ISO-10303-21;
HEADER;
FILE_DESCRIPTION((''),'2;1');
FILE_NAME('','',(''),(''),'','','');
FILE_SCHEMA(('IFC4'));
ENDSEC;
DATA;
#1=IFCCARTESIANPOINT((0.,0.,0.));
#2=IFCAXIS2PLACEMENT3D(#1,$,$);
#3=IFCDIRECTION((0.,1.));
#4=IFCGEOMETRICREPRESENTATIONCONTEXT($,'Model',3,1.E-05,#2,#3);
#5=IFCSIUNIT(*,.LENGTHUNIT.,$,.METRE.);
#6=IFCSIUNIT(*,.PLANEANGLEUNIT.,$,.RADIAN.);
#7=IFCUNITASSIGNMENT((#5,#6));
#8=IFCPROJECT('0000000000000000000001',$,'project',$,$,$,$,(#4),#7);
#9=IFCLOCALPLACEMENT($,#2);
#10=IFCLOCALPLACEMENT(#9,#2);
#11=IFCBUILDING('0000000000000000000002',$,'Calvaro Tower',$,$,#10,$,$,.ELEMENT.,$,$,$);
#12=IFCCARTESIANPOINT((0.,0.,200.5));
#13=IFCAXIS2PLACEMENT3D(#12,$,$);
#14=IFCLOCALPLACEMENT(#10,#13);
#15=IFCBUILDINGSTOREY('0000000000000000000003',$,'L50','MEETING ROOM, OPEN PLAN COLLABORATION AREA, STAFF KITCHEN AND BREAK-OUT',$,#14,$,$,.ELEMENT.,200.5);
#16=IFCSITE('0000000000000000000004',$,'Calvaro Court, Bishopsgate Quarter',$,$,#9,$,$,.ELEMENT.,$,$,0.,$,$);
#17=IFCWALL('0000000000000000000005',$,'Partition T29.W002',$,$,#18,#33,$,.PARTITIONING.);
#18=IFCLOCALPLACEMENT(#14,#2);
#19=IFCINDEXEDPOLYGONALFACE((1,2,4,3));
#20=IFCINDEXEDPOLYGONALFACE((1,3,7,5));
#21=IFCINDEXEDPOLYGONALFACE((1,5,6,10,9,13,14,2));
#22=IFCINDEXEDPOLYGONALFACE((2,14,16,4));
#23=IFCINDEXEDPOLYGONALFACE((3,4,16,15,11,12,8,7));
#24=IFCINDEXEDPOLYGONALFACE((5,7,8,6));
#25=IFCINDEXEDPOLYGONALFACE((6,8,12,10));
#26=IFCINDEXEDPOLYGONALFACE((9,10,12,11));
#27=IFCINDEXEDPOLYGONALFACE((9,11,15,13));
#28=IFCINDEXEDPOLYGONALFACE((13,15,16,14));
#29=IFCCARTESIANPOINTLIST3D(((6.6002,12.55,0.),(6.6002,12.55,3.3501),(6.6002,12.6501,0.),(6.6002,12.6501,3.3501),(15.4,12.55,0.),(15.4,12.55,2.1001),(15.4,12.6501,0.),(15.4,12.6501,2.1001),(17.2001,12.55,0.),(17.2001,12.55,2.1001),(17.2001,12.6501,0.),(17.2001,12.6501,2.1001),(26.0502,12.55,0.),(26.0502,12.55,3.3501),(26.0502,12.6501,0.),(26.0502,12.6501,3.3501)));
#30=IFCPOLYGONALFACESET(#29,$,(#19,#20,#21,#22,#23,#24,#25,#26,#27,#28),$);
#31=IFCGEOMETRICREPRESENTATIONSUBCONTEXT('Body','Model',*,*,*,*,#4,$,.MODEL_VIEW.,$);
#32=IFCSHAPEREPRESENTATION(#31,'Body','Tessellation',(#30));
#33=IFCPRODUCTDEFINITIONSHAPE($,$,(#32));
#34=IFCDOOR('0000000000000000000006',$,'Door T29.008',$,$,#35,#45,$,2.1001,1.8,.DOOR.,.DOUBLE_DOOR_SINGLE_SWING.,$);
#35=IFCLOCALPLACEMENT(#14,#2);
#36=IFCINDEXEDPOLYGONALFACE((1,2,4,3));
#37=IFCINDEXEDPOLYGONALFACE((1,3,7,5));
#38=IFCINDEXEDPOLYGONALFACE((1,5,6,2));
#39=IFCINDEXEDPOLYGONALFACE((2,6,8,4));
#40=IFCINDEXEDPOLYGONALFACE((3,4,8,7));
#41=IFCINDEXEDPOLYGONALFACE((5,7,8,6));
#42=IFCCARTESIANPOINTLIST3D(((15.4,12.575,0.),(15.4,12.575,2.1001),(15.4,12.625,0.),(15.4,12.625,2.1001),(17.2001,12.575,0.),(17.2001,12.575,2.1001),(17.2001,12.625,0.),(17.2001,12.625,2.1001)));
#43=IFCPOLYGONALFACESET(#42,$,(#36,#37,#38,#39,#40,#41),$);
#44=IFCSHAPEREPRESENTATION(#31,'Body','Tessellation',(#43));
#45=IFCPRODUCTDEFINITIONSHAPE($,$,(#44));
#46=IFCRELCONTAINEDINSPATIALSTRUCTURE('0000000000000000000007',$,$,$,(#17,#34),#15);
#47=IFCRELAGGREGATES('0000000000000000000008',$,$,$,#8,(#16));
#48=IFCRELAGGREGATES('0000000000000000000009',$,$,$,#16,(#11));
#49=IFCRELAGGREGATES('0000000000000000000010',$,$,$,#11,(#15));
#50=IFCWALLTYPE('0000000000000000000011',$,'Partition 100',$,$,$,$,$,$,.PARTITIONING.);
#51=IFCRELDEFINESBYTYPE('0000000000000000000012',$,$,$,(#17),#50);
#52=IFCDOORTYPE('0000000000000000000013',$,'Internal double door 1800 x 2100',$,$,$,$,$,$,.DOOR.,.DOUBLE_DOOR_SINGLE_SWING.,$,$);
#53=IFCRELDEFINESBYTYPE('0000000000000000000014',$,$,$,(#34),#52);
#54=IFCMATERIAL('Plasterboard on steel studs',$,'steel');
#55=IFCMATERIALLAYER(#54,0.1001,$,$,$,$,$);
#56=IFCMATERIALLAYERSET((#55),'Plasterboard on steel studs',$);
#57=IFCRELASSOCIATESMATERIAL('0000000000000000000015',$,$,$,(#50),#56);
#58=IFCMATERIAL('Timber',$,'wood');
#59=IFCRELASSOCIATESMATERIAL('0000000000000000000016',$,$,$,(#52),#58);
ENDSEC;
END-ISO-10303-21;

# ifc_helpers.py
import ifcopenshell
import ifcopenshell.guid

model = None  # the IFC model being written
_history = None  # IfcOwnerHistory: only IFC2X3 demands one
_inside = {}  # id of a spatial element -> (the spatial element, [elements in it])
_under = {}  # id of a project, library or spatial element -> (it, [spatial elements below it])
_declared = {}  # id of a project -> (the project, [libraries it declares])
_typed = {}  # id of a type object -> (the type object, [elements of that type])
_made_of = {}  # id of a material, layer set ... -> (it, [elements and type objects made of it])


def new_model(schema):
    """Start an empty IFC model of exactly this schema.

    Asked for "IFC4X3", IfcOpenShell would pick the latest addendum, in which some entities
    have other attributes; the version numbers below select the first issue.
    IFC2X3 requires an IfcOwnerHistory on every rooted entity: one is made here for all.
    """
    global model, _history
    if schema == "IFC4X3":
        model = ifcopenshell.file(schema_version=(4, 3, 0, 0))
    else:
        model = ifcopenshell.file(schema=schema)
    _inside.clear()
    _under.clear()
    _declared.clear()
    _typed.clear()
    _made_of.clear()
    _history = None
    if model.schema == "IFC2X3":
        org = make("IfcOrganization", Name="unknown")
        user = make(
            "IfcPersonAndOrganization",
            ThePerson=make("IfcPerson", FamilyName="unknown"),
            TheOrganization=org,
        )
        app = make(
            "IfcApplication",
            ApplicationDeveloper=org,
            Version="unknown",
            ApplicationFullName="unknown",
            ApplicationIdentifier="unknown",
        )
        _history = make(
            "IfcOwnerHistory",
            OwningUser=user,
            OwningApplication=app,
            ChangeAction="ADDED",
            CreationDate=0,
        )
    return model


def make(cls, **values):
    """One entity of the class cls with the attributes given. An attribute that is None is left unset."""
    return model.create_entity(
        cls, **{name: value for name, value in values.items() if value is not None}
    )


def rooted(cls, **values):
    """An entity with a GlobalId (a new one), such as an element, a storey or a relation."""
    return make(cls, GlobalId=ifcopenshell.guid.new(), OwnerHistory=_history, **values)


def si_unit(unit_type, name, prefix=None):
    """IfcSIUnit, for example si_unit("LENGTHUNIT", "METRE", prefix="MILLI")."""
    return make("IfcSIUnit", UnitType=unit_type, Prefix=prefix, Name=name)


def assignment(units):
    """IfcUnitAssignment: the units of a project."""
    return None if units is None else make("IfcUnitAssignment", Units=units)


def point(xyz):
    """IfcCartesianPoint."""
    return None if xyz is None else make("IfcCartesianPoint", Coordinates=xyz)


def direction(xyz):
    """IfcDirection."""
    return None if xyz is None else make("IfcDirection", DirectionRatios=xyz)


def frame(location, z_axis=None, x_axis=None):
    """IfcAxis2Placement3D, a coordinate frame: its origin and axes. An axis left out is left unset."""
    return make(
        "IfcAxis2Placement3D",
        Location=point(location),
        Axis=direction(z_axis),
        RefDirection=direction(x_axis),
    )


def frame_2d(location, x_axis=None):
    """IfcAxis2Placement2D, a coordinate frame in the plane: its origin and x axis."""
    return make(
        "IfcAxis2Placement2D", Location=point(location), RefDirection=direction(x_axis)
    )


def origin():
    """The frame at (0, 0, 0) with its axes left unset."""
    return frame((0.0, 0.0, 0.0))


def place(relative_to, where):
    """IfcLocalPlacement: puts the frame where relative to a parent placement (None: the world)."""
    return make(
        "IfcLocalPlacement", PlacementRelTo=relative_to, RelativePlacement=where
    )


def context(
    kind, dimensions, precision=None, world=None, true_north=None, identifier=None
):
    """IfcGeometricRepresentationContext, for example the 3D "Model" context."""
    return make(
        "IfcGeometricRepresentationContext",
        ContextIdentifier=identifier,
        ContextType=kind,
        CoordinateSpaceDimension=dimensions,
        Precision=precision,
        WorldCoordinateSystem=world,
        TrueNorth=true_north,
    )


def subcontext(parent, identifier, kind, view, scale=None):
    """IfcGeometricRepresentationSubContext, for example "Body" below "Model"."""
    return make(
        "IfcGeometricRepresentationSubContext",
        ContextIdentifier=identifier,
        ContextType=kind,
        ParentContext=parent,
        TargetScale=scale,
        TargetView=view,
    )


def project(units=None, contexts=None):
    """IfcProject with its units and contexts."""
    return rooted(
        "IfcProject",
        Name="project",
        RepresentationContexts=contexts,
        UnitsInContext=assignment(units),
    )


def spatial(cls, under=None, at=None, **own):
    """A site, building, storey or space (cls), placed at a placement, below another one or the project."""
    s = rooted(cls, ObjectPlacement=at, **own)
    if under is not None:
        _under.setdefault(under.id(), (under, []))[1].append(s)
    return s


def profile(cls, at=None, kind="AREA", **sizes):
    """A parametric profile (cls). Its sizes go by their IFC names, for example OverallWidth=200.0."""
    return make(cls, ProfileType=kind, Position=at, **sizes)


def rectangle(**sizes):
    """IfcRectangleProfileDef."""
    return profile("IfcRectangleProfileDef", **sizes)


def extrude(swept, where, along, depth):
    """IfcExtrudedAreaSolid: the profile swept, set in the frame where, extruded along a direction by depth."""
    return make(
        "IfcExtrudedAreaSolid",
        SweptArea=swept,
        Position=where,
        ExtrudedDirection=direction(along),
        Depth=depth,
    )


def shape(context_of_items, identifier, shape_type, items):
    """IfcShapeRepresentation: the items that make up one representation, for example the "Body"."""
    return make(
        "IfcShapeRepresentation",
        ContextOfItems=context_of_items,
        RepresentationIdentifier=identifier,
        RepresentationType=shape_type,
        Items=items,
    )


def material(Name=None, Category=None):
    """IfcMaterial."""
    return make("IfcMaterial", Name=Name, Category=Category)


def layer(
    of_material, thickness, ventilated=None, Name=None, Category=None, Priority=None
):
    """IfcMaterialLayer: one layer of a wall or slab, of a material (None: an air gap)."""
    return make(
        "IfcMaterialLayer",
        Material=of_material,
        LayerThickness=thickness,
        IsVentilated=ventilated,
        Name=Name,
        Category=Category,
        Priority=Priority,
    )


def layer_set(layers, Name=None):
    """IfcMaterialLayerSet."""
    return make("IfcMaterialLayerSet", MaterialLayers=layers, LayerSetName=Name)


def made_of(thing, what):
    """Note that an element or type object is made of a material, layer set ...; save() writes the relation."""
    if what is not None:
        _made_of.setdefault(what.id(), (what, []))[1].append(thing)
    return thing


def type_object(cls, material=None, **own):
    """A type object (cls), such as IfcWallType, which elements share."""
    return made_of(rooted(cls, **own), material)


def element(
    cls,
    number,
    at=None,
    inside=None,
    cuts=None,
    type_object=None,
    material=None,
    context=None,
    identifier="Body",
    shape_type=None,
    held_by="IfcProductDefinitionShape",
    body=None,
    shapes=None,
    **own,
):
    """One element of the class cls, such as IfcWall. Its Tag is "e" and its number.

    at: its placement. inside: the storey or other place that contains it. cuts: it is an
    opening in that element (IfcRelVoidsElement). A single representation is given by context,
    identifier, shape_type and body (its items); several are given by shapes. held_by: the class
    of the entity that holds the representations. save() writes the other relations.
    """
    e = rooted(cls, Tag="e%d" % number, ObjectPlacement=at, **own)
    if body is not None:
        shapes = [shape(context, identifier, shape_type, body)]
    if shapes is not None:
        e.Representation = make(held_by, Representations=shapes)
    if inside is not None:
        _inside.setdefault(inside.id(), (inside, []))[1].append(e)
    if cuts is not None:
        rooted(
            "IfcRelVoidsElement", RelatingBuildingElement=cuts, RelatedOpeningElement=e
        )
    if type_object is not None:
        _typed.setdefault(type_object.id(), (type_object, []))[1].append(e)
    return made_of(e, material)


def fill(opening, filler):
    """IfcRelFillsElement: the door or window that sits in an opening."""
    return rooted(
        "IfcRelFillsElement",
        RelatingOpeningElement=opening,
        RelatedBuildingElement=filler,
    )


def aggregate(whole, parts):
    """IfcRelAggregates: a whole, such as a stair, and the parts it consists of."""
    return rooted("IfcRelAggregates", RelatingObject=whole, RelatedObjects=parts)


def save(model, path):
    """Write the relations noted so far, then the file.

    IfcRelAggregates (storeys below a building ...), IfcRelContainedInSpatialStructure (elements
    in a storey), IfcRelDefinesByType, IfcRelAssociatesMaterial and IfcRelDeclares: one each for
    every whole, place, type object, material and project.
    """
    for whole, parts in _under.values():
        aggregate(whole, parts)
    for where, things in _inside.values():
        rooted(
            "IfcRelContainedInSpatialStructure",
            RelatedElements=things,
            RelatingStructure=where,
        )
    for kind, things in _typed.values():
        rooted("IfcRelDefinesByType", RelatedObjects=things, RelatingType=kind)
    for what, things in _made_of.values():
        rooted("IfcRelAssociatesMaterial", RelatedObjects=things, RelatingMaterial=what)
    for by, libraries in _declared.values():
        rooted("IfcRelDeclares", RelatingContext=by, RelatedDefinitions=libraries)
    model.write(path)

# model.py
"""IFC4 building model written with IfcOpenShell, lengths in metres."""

from ifc_helpers import new_model, si_unit, direction, frame, frame_2d, origin, place, context, subcontext, project, spatial, rectangle, extrude, material, layer, layer_set, type_object, element, fill, save


model = new_model("IFC4")

# Units and contexts
model_context = context("Model", 3, precision=1e-05, world=origin(), true_north=direction((0.0, 1.0)))
body_context = subcontext(model_context, "Body", "Model", "MODEL_VIEW")
ifc_project = project(units=[si_unit("LENGTHUNIT", "METRE"), si_unit("PLANEANGLEUNIT", "RADIAN")], contexts=[model_context])

# Site, building, storey
site_placement = place(None, origin())
site = spatial("IfcSite", under=ifc_project, at=site_placement, Name="Calvaro Court, Bishopsgate Quarter", CompositionType="ELEMENT", RefElevation=0.0)
building_placement = place(site_placement, origin())
building = spatial("IfcBuilding", under=site, at=building_placement, Name="Calvaro Tower", CompositionType="ELEMENT")
storey_placement = place(building_placement, frame((0.0, 0.0, 200.5)))
storey = spatial("IfcBuildingStorey", under=building, at=storey_placement, Name="L50", Description="MEETING ROOM, OPEN PLAN COLLABORATION AREA, STAFF KITCHEN AND BREAK-OUT", CompositionType="ELEMENT", Elevation=200.5)

# Shared definitions
ifc_material_1 = material(Name="Plasterboard on steel studs", Category="steel")
ifc_layer = layer(ifc_material_1, 0.1001)
ifc_layer_set = layer_set([ifc_layer], Name="Plasterboard on steel studs")
wall_type = type_object("IfcWallType", Name="Partition 100", PredefinedType="PARTITIONING", material=ifc_layer_set)
ifc_material_2 = material(Name="Timber", Category="wood")
door_type_1 = type_object("IfcDoorType", Name="Internal double door 1800 x 2100", OperationType="DOUBLE_DOOR_SINGLE_SWING", PredefinedType="DOOR", material=ifc_material_2)

# Wall, opening, door
wall_1_placement = place(storey_placement, frame((6.6001, 12.6001, 0.0), z_axis=(0.0, 0.0, 1.0), x_axis=(1.0, 0.0, 0.0)))
wall_1 = element("IfcWall", 1, at=wall_1_placement, inside=storey, type_object=wall_type, Name="Partition T29.W002", PredefinedType="PARTITIONING", context=body_context, shape_type="SweptSolid", body=[
    extrude(rectangle(XDim=19.45, YDim=0.1001, at=frame_2d((9.7251, 0.0))), origin(), (0.0, 0.0, 1.0), 3.3501),
])
opening_1_placement = place(wall_1_placement, frame((8.8, 0.0, 0.0)))
opening_1 = element("IfcOpeningElement", 2, at=opening_1_placement, cuts=wall_1, PredefinedType="OPENING", context=body_context, shape_type="SweptSolid", body=[
    extrude(rectangle(XDim=1.8, YDim=2.1001, at=frame_2d((0.8999, 1.05))), frame((0.0, 0.0601, 0.0), z_axis=(0.0, -1.0, 0.0), x_axis=(1.0, 0.0, 0.0)), (0.0, 0.0, 1.0), 0.1201),
])
door_1_placement = place(opening_1_placement, origin())
door_1 = element("IfcDoor", 3, at=door_1_placement, inside=storey, type_object=door_type_1, Name="Door T29.008", OperationType="DOUBLE_DOOR_SINGLE_SWING", OverallHeight=2.1001, OverallWidth=1.8, PredefinedType="DOOR", context=body_context, shape_type="SweptSolid", body=[
    extrude(rectangle(XDim=1.8, YDim=2.1001, at=frame_2d((0.8999, 1.05))), frame((0.0, 0.0249, 0.0), z_axis=(0.0, -1.0, 0.0), x_axis=(1.0, 0.0, 0.0)), (0.0, 0.0, 1.0), 0.05),
])
fill(opening_1, door_1)

save(model, "model.ifc")
